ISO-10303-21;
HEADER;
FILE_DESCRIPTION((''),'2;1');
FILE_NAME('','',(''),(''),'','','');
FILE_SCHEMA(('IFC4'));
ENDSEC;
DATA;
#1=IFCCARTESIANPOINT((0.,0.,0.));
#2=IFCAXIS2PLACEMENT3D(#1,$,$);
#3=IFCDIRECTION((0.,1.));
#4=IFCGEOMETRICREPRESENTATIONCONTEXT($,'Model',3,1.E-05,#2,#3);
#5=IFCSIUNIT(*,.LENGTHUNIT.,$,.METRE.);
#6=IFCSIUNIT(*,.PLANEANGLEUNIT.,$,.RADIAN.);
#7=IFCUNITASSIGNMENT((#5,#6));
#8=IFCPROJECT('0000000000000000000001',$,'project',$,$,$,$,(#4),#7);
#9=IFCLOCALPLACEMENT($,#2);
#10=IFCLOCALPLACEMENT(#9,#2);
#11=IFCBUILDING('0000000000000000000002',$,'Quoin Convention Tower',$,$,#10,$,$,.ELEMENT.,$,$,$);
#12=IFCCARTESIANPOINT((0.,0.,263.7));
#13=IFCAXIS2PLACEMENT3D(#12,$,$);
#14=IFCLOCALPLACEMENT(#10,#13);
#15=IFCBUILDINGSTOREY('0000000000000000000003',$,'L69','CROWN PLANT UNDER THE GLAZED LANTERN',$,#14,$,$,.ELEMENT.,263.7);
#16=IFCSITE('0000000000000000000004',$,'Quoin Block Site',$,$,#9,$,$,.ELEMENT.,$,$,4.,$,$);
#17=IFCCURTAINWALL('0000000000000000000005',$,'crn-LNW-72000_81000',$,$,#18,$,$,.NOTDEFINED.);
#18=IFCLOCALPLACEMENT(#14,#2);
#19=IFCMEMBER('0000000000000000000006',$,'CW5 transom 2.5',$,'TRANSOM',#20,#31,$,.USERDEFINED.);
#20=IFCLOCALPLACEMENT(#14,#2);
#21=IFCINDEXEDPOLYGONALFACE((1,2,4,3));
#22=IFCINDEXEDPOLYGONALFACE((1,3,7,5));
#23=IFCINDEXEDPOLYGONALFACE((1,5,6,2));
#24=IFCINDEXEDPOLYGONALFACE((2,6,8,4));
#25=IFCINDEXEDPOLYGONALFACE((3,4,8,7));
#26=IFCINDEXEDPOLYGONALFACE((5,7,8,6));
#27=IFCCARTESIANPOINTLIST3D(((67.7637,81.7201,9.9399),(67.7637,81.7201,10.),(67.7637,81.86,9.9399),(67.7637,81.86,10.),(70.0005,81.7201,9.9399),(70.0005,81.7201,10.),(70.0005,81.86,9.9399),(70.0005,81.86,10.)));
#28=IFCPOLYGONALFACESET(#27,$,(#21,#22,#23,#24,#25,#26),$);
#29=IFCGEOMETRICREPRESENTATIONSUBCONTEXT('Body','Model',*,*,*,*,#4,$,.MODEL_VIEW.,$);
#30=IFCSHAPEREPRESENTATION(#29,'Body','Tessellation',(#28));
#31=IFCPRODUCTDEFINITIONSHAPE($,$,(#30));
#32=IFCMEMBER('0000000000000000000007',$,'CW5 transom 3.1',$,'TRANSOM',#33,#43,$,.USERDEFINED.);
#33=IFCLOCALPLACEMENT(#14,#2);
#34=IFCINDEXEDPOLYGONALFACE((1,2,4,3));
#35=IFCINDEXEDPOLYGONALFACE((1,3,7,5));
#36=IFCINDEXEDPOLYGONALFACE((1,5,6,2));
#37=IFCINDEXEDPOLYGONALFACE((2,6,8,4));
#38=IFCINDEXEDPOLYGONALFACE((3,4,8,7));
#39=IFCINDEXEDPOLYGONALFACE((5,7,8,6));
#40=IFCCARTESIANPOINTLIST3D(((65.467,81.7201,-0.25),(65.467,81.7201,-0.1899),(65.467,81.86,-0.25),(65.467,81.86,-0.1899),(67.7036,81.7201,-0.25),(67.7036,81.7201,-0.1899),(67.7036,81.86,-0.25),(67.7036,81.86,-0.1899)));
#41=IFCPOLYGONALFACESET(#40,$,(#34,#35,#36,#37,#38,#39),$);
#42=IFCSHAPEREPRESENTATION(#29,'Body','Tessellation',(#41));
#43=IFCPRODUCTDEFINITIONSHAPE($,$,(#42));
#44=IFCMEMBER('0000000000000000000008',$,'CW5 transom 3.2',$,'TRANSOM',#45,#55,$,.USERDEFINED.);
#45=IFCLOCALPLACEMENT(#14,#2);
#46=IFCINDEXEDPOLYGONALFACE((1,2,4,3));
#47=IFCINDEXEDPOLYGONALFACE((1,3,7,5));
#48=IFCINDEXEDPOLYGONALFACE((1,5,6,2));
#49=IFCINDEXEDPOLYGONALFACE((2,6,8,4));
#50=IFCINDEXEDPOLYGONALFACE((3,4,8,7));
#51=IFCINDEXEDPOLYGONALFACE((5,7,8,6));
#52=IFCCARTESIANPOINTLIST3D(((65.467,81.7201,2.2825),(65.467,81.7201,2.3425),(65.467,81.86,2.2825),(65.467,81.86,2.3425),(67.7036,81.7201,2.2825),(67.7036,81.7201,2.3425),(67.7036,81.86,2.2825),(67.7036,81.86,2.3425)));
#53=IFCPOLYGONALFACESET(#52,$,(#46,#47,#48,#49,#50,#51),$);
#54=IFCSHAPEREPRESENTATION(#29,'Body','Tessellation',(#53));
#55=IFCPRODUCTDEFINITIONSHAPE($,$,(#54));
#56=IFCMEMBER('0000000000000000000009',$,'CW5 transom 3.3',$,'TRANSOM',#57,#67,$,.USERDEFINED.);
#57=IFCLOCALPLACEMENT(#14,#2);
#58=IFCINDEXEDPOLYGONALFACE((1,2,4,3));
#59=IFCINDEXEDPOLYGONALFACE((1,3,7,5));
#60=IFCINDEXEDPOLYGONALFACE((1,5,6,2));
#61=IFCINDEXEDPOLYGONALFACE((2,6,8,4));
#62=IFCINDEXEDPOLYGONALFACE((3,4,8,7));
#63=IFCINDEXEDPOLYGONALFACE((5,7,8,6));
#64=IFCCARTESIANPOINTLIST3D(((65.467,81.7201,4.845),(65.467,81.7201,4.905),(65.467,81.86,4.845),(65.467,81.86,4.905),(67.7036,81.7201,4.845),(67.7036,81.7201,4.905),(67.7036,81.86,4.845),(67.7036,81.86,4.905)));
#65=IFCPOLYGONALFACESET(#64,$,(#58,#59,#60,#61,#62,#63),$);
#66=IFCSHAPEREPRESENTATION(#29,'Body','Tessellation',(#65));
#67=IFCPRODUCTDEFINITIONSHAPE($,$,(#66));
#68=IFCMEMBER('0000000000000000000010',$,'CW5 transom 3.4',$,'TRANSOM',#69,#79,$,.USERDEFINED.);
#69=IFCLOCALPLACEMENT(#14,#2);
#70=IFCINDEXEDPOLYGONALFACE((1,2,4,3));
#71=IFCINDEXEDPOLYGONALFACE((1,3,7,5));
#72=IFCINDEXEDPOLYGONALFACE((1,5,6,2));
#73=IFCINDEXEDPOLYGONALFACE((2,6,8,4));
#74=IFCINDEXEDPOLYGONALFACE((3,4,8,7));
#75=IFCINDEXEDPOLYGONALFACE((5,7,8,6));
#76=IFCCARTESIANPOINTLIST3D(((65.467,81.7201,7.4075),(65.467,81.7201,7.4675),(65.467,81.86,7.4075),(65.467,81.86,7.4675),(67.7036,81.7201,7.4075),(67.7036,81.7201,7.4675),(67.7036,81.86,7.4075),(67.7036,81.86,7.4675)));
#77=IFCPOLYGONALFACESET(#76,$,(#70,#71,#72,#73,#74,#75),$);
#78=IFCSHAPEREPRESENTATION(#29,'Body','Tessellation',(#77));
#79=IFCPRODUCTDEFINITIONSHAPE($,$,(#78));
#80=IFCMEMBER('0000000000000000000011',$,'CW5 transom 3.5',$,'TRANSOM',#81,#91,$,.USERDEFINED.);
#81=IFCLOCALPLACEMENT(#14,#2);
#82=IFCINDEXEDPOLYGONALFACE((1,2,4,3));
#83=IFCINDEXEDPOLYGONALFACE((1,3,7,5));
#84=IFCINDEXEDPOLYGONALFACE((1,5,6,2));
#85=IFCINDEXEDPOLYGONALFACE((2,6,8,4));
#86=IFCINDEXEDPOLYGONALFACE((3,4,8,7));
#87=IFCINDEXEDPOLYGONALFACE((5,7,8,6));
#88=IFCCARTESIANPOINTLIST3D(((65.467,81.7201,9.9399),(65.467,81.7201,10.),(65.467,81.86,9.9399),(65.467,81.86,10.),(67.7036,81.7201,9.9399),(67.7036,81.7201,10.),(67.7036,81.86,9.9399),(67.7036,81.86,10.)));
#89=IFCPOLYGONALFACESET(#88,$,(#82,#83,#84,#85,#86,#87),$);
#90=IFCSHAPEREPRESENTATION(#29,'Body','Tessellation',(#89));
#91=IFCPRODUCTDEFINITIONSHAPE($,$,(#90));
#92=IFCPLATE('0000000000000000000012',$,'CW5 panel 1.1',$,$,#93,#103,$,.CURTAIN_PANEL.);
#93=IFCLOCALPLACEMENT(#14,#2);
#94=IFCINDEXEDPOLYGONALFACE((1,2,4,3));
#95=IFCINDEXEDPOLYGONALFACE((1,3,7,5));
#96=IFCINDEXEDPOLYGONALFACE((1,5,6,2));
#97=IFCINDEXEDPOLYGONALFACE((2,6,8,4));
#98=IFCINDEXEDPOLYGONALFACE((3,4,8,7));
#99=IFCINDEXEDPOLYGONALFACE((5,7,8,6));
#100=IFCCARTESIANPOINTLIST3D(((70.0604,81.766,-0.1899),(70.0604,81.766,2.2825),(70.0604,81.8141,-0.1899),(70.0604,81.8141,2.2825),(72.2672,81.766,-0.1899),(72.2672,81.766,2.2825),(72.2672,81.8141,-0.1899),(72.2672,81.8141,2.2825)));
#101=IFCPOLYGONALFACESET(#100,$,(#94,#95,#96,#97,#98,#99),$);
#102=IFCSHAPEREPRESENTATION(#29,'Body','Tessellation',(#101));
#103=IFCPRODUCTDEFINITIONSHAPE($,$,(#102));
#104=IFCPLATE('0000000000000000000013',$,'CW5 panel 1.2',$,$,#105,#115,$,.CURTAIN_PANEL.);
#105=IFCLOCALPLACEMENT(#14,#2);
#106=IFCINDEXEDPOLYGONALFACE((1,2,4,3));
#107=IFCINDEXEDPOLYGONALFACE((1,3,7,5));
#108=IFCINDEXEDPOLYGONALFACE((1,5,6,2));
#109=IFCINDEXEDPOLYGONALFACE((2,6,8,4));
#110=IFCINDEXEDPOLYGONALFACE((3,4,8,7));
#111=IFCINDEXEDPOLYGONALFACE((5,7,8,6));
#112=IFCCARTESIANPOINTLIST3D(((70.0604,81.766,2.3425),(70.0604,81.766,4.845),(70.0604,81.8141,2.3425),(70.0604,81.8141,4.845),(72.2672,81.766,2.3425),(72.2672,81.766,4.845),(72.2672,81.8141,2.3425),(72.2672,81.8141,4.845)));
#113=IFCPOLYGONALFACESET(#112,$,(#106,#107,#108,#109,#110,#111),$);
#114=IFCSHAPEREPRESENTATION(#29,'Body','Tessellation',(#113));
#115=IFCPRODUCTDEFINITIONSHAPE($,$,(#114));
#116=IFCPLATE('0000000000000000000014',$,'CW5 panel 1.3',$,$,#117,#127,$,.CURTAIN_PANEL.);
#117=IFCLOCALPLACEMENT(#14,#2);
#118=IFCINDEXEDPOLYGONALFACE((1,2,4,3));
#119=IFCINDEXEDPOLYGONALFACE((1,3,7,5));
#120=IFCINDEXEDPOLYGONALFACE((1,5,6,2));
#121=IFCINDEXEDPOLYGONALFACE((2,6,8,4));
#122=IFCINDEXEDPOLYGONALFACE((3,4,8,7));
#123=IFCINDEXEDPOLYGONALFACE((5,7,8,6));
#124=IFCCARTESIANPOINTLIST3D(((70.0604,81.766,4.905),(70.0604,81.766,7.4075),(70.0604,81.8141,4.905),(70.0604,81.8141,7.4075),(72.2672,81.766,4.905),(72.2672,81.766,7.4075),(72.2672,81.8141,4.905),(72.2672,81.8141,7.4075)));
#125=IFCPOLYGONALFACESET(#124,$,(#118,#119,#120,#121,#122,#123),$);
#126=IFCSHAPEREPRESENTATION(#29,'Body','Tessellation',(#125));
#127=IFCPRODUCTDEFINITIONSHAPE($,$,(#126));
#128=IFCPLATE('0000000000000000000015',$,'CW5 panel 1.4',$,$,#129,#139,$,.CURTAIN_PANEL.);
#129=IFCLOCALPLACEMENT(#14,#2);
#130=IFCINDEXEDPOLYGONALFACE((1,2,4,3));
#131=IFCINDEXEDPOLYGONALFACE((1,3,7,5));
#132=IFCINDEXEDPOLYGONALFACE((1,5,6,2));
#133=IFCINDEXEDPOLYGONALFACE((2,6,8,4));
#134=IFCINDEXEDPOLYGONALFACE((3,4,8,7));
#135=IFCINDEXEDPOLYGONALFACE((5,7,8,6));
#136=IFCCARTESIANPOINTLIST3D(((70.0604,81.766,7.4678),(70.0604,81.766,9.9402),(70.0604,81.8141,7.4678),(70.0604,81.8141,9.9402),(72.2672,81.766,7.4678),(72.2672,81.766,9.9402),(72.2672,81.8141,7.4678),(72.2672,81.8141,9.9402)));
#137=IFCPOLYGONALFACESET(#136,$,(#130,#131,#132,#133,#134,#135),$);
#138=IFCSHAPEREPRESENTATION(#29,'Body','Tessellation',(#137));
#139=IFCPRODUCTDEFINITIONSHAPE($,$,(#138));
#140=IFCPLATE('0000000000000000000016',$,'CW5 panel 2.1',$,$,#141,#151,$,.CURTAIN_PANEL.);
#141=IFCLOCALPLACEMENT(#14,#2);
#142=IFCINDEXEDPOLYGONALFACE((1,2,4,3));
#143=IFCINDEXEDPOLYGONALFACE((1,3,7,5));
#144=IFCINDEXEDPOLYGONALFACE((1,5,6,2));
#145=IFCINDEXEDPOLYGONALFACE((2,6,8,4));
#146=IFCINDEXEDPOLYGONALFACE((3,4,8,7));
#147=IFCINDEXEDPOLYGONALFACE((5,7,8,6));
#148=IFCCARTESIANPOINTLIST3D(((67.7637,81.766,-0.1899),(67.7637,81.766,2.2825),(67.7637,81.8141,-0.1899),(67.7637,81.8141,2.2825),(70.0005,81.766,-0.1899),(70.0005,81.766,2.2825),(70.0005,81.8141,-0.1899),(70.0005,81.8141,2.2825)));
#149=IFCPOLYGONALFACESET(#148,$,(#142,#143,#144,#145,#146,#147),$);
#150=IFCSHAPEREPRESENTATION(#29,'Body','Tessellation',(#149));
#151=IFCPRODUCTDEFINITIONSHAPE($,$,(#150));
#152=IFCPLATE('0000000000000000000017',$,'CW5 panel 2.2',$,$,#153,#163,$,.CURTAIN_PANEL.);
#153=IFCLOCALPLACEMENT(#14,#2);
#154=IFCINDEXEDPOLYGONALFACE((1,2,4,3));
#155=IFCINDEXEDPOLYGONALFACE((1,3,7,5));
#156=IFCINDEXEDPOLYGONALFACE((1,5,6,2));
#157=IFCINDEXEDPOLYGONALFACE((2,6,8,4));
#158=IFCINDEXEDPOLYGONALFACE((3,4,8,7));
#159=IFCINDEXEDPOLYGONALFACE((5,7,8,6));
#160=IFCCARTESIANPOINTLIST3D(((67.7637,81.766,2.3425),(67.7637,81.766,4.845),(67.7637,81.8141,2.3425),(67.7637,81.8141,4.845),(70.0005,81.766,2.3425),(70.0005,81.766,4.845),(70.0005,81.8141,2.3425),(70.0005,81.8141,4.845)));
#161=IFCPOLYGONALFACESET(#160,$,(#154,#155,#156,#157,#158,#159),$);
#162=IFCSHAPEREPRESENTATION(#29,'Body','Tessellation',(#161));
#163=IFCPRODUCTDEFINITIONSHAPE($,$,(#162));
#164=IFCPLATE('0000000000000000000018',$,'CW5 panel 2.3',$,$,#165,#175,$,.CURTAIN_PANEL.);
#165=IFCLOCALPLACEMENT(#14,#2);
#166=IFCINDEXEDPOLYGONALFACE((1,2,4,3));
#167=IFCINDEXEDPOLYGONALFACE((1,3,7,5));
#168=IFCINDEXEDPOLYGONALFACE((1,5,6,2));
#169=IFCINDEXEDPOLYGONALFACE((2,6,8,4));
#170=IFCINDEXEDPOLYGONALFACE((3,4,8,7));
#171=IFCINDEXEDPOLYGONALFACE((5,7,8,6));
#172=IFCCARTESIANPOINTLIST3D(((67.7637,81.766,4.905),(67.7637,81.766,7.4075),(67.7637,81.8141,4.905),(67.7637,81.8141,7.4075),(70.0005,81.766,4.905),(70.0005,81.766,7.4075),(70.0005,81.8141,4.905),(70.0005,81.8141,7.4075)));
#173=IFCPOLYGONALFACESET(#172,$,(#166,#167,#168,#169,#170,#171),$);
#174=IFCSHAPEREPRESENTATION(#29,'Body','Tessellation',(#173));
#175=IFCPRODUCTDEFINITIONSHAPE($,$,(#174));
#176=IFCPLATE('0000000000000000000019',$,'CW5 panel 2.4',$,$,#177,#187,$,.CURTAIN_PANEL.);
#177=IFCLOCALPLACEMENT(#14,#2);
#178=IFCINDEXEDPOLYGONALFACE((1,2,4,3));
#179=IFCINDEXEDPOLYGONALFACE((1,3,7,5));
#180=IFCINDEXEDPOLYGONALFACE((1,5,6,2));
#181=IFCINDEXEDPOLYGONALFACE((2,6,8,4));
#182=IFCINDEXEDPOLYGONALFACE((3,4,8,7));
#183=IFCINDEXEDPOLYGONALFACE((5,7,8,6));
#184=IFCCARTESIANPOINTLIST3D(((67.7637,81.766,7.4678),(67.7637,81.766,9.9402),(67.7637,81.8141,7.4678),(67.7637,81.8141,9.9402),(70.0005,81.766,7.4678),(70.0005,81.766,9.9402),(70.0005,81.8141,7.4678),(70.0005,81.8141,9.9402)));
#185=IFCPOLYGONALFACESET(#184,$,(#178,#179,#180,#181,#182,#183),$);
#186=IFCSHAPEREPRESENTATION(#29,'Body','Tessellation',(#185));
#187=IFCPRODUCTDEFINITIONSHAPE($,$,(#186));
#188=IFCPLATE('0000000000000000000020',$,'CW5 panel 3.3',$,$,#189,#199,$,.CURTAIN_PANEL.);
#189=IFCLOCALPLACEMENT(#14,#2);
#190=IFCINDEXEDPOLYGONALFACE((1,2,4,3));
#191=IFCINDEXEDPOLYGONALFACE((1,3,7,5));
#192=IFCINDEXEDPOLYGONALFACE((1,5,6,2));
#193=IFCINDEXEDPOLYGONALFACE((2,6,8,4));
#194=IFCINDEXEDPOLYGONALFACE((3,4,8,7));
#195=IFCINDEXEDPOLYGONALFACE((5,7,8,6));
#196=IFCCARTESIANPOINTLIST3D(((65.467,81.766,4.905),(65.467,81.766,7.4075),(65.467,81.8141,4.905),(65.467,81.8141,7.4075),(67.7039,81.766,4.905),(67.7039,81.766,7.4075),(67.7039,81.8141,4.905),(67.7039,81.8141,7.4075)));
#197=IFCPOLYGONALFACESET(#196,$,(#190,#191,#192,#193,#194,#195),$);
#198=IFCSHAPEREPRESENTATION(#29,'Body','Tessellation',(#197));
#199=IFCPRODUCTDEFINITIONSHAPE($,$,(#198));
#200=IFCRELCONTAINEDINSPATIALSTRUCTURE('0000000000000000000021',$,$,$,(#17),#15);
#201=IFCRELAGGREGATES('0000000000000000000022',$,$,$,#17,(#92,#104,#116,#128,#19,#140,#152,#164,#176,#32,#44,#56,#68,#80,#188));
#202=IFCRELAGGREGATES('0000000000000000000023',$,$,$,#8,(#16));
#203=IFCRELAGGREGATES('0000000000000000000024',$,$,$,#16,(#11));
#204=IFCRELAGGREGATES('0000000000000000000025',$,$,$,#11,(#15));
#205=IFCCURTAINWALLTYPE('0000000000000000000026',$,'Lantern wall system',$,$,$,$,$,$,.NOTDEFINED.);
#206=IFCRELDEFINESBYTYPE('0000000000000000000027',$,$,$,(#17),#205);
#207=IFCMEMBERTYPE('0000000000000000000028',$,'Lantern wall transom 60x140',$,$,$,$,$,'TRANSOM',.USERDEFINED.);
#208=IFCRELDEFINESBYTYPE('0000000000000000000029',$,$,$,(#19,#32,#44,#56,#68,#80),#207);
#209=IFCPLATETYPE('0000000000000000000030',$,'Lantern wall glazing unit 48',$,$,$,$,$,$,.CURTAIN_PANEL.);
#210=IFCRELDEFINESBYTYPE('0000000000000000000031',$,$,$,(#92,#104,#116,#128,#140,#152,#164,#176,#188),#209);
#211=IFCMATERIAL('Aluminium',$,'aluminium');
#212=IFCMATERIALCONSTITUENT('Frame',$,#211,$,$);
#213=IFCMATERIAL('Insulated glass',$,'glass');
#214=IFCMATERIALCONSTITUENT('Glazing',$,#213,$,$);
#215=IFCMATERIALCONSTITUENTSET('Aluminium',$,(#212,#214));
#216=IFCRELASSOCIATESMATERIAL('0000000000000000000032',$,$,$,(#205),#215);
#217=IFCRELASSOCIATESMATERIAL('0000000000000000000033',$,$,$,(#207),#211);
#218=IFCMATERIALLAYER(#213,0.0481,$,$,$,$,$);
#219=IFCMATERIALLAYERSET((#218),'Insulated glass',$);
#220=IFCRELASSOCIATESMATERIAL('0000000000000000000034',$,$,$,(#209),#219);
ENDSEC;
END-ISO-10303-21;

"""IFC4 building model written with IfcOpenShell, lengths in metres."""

from ifc_helpers import new_model, si_unit, direction, frame, origin, origin_2d, place, context, subcontext, project, spatial, rectangle, extrude, material, layer, layer_set, constituent, constituent_set, material_profile, profile_set, type_object, element, aggregate, save


model = new_model("IFC4")

# Units and contexts
model_context = context("Model", 3, precision=1e-05, world=origin(), true_north=direction((0.0, 1.0)))
body_context = subcontext(model_context, "Body", "Model", "MODEL_VIEW")
ifc_project = project(units=[si_unit("LENGTHUNIT", "METRE"), si_unit("PLANEANGLEUNIT", "RADIAN")], contexts=[model_context])

# Site, building, storey
site_placement = place(None, origin())
site = spatial("IfcSite", under=ifc_project, at=site_placement, Name="Quoin Block Site", CompositionType="ELEMENT", RefElevation=4.0)
building_placement = place(site_placement, origin())
building = spatial("IfcBuilding", under=site, at=building_placement, Name="Quoin Convention Tower", CompositionType="ELEMENT")
storey_placement = place(building_placement, frame((0.0, 0.0, 263.7)))
storey = spatial("IfcBuildingStorey", under=building, at=storey_placement, Name="L69", Description="CROWN PLANT UNDER THE GLAZED LANTERN", CompositionType="ELEMENT", Elevation=263.7)

# Curtain wall, members, plates
ifc_material_1 = material(Name="Aluminium", Category="aluminium")
ifc_constituent_1 = constituent(ifc_material_1, Name="Frame")
ifc_material_2 = material(Name="Insulated glass", Category="glass")
ifc_constituent_2 = constituent(ifc_material_2, Name="Glazing")
ifc_constituent_set = constituent_set(constituents=[ifc_constituent_1, ifc_constituent_2], Name="Aluminium")
curtain_wall_type = type_object("IfcCurtainWallType", Name="Lantern wall system", PredefinedType="NOTDEFINED", material=ifc_constituent_set)
curtain_wall_placement = place(storey_placement, origin())
curtain_wall = element("IfcCurtainWall", 1, at=curtain_wall_placement, inside=storey, type_object=curtain_wall_type, Name="crn-LNW-72000_81000", PredefinedType="NOTDEFINED")
ifc_material_profile_1 = material_profile(ifc_material_1, rectangle(XDim=0.1399, YDim=0.0601, at=origin_2d()), Name="Lantern wall transom 60x140")
ifc_profile_set_1 = profile_set([ifc_material_profile_1], Name="Aluminium")
member_type_1 = type_object("IfcMemberType", Name="Lantern wall transom 60x140", ElementType="TRANSOM", PredefinedType="USERDEFINED", material=ifc_profile_set_1)
member_1_placement = place(storey_placement, frame((70.0005, 81.79, 9.97), z_axis=(-1.0, 0.0, 0.0), x_axis=(0.0, -1.0, 0.0)))
member_1 = element("IfcMember", 2, at=member_1_placement, type_object=member_type_1, Name="CW5 transom 2.5", ObjectType="TRANSOM", PredefinedType="USERDEFINED", context=body_context, shape_type="SweptSolid", body=[
    extrude(rectangle(XDim=0.1399, YDim=0.0601, at=origin_2d()), origin(), (0.0, 0.0, 1.0), 2.2368),
])
member_2_placement = place(storey_placement, frame((67.7036, 81.79, -0.22), z_axis=(-1.0, 0.0, 0.0), x_axis=(0.0, -1.0, 0.0)))
member_2 = element("IfcMember", 3, at=member_2_placement, type_object=member_type_1, Name="CW5 transom 3.1", ObjectType="TRANSOM", PredefinedType="USERDEFINED", context=body_context, shape_type="SweptSolid", body=[
    extrude(rectangle(XDim=0.1399, YDim=0.0601, at=origin_2d()), origin(), (0.0, 0.0, 1.0), 2.2366),
])
member_3_placement = place(storey_placement, frame((67.7036, 81.79, 2.3125), z_axis=(-1.0, 0.0, 0.0), x_axis=(0.0, -1.0, 0.0)))
member_3 = element("IfcMember", 4, at=member_3_placement, type_object=member_type_1, Name="CW5 transom 3.2", ObjectType="TRANSOM", PredefinedType="USERDEFINED", context=body_context, shape_type="SweptSolid", body=[
    extrude(rectangle(XDim=0.1399, YDim=0.0601, at=origin_2d()), origin(), (0.0, 0.0, 1.0), 2.2366),
])
member_4_placement = place(storey_placement, frame((67.7036, 81.79, 4.875), z_axis=(-1.0, 0.0, 0.0), x_axis=(0.0, -1.0, 0.0)))
member_4 = element("IfcMember", 5, at=member_4_placement, type_object=member_type_1, Name="CW5 transom 3.3", ObjectType="TRANSOM", PredefinedType="USERDEFINED", context=body_context, shape_type="SweptSolid", body=[
    extrude(rectangle(XDim=0.1399, YDim=0.0601, at=origin_2d()), origin(), (0.0, 0.0, 1.0), 2.2366),
])
member_5_placement = place(storey_placement, frame((67.7036, 81.79, 7.4375), z_axis=(-1.0, 0.0, 0.0), x_axis=(0.0, -1.0, 0.0)))
member_5 = element("IfcMember", 6, at=member_5_placement, type_object=member_type_1, Name="CW5 transom 3.4", ObjectType="TRANSOM", PredefinedType="USERDEFINED", context=body_context, shape_type="SweptSolid", body=[
    extrude(rectangle(XDim=0.1399, YDim=0.0601, at=origin_2d()), origin(), (0.0, 0.0, 1.0), 2.2366),
])
member_6_placement = place(storey_placement, frame((67.7036, 81.79, 9.97), z_axis=(-1.0, 0.0, 0.0), x_axis=(0.0, -1.0, 0.0)))
member_6 = element("IfcMember", 7, at=member_6_placement, type_object=member_type_1, Name="CW5 transom 3.5", ObjectType="TRANSOM", PredefinedType="USERDEFINED", context=body_context, shape_type="SweptSolid", body=[
    extrude(rectangle(XDim=0.1399, YDim=0.0601, at=origin_2d()), origin(), (0.0, 0.0, 1.0), 2.2366),
])
ifc_layer = layer(ifc_material_2, 0.0481)
ifc_layer_set = layer_set([ifc_layer], Name="Insulated glass")
plate_type = type_object("IfcPlateType", Name="Lantern wall glazing unit 48", PredefinedType="CURTAIN_PANEL", material=ifc_layer_set)
plate_1_placement = place(storey_placement, frame((71.1638, 81.79, -0.1899), z_axis=(0.0, 0.0, 1.0), x_axis=(-1.0, 0.0, 0.0)))
plate_1 = element("IfcPlate", 8, at=plate_1_placement, type_object=plate_type, Name="CW5 panel 1.1", PredefinedType="CURTAIN_PANEL", context=body_context, shape_type="SweptSolid", body=[
    extrude(rectangle(XDim=2.2068, YDim=0.0481, at=origin_2d()), origin(), (0.0, 0.0, 1.0), 2.4724),
])
plate_2_placement = place(storey_placement, frame((71.1638, 81.79, 2.3425), z_axis=(0.0, 0.0, 1.0), x_axis=(-1.0, 0.0, 0.0)))
plate_2 = element("IfcPlate", 9, at=plate_2_placement, type_object=plate_type, Name="CW5 panel 1.2", PredefinedType="CURTAIN_PANEL", context=body_context, shape_type="SweptSolid", body=[
    extrude(rectangle(XDim=2.2068, YDim=0.0481, at=origin_2d()), origin(), (0.0, 0.0, 1.0), 2.5024),
])
plate_3_placement = place(storey_placement, frame((71.1638, 81.79, 4.905), z_axis=(0.0, 0.0, 1.0), x_axis=(-1.0, 0.0, 0.0)))
plate_3 = element("IfcPlate", 10, at=plate_3_placement, type_object=plate_type, Name="CW5 panel 1.3", PredefinedType="CURTAIN_PANEL", context=body_context, shape_type="SweptSolid", body=[
    extrude(rectangle(XDim=2.2068, YDim=0.0481, at=origin_2d()), origin(), (0.0, 0.0, 1.0), 2.5024),
])
plate_4_placement = place(storey_placement, frame((71.1638, 81.79, 7.4678), z_axis=(0.0, 0.0, 1.0), x_axis=(-1.0, 0.0, 0.0)))
plate_4 = element("IfcPlate", 11, at=plate_4_placement, type_object=plate_type, Name="CW5 panel 1.4", PredefinedType="CURTAIN_PANEL", context=body_context, shape_type="SweptSolid", body=[
    extrude(rectangle(XDim=2.2068, YDim=0.0481, at=origin_2d()), origin(), (0.0, 0.0, 1.0), 2.4724),
])
plate_5_placement = place(storey_placement, frame((68.8821, 81.79, -0.1899), z_axis=(0.0, 0.0, 1.0), x_axis=(-1.0, 0.0, 0.0)))
plate_5 = element("IfcPlate", 12, at=plate_5_placement, type_object=plate_type, Name="CW5 panel 2.1", PredefinedType="CURTAIN_PANEL", context=body_context, shape_type="SweptSolid", body=[
    extrude(rectangle(XDim=2.2368, YDim=0.0481, at=origin_2d()), origin(), (0.0, 0.0, 1.0), 2.4724),
])
plate_6_placement = place(storey_placement, frame((68.8821, 81.79, 2.3425), z_axis=(0.0, 0.0, 1.0), x_axis=(-1.0, 0.0, 0.0)))
plate_6 = element("IfcPlate", 13, at=plate_6_placement, type_object=plate_type, Name="CW5 panel 2.2", PredefinedType="CURTAIN_PANEL", context=body_context, shape_type="SweptSolid", body=[
    extrude(rectangle(XDim=2.2368, YDim=0.0481, at=origin_2d()), origin(), (0.0, 0.0, 1.0), 2.5024),
])
plate_7_placement = place(storey_placement, frame((68.8821, 81.79, 4.905), z_axis=(0.0, 0.0, 1.0), x_axis=(-1.0, 0.0, 0.0)))
plate_7 = element("IfcPlate", 14, at=plate_7_placement, type_object=plate_type, Name="CW5 panel 2.3", PredefinedType="CURTAIN_PANEL", context=body_context, shape_type="SweptSolid", body=[
    extrude(rectangle(XDim=2.2368, YDim=0.0481, at=origin_2d()), origin(), (0.0, 0.0, 1.0), 2.5024),
])
plate_8_placement = place(storey_placement, frame((68.8821, 81.79, 7.4678), z_axis=(0.0, 0.0, 1.0), x_axis=(-1.0, 0.0, 0.0)))
plate_8 = element("IfcPlate", 15, at=plate_8_placement, type_object=plate_type, Name="CW5 panel 2.4", PredefinedType="CURTAIN_PANEL", context=body_context, shape_type="SweptSolid", body=[
    extrude(rectangle(XDim=2.2368, YDim=0.0481, at=origin_2d()), origin(), (0.0, 0.0, 1.0), 2.4724),
])
plate_9_placement = place(storey_placement, frame((66.5854, 81.79, 4.905), z_axis=(0.0, 0.0, 1.0), x_axis=(-1.0, 0.0, 0.0)))
plate_9 = element("IfcPlate", 16, at=plate_9_placement, type_object=plate_type, Name="CW5 panel 3.3", PredefinedType="CURTAIN_PANEL", context=body_context, shape_type="SweptSolid", body=[
    extrude(rectangle(XDim=2.2368, YDim=0.0481, at=origin_2d()), origin(), (0.0, 0.0, 1.0), 2.5024),
])
aggregate(curtain_wall, [plate_1, plate_2, plate_3, plate_4, member_1, plate_5, plate_6, plate_7, plate_8, member_2, member_3, member_4, member_5, member_6, plate_9])

save(model, "model.ifc")
